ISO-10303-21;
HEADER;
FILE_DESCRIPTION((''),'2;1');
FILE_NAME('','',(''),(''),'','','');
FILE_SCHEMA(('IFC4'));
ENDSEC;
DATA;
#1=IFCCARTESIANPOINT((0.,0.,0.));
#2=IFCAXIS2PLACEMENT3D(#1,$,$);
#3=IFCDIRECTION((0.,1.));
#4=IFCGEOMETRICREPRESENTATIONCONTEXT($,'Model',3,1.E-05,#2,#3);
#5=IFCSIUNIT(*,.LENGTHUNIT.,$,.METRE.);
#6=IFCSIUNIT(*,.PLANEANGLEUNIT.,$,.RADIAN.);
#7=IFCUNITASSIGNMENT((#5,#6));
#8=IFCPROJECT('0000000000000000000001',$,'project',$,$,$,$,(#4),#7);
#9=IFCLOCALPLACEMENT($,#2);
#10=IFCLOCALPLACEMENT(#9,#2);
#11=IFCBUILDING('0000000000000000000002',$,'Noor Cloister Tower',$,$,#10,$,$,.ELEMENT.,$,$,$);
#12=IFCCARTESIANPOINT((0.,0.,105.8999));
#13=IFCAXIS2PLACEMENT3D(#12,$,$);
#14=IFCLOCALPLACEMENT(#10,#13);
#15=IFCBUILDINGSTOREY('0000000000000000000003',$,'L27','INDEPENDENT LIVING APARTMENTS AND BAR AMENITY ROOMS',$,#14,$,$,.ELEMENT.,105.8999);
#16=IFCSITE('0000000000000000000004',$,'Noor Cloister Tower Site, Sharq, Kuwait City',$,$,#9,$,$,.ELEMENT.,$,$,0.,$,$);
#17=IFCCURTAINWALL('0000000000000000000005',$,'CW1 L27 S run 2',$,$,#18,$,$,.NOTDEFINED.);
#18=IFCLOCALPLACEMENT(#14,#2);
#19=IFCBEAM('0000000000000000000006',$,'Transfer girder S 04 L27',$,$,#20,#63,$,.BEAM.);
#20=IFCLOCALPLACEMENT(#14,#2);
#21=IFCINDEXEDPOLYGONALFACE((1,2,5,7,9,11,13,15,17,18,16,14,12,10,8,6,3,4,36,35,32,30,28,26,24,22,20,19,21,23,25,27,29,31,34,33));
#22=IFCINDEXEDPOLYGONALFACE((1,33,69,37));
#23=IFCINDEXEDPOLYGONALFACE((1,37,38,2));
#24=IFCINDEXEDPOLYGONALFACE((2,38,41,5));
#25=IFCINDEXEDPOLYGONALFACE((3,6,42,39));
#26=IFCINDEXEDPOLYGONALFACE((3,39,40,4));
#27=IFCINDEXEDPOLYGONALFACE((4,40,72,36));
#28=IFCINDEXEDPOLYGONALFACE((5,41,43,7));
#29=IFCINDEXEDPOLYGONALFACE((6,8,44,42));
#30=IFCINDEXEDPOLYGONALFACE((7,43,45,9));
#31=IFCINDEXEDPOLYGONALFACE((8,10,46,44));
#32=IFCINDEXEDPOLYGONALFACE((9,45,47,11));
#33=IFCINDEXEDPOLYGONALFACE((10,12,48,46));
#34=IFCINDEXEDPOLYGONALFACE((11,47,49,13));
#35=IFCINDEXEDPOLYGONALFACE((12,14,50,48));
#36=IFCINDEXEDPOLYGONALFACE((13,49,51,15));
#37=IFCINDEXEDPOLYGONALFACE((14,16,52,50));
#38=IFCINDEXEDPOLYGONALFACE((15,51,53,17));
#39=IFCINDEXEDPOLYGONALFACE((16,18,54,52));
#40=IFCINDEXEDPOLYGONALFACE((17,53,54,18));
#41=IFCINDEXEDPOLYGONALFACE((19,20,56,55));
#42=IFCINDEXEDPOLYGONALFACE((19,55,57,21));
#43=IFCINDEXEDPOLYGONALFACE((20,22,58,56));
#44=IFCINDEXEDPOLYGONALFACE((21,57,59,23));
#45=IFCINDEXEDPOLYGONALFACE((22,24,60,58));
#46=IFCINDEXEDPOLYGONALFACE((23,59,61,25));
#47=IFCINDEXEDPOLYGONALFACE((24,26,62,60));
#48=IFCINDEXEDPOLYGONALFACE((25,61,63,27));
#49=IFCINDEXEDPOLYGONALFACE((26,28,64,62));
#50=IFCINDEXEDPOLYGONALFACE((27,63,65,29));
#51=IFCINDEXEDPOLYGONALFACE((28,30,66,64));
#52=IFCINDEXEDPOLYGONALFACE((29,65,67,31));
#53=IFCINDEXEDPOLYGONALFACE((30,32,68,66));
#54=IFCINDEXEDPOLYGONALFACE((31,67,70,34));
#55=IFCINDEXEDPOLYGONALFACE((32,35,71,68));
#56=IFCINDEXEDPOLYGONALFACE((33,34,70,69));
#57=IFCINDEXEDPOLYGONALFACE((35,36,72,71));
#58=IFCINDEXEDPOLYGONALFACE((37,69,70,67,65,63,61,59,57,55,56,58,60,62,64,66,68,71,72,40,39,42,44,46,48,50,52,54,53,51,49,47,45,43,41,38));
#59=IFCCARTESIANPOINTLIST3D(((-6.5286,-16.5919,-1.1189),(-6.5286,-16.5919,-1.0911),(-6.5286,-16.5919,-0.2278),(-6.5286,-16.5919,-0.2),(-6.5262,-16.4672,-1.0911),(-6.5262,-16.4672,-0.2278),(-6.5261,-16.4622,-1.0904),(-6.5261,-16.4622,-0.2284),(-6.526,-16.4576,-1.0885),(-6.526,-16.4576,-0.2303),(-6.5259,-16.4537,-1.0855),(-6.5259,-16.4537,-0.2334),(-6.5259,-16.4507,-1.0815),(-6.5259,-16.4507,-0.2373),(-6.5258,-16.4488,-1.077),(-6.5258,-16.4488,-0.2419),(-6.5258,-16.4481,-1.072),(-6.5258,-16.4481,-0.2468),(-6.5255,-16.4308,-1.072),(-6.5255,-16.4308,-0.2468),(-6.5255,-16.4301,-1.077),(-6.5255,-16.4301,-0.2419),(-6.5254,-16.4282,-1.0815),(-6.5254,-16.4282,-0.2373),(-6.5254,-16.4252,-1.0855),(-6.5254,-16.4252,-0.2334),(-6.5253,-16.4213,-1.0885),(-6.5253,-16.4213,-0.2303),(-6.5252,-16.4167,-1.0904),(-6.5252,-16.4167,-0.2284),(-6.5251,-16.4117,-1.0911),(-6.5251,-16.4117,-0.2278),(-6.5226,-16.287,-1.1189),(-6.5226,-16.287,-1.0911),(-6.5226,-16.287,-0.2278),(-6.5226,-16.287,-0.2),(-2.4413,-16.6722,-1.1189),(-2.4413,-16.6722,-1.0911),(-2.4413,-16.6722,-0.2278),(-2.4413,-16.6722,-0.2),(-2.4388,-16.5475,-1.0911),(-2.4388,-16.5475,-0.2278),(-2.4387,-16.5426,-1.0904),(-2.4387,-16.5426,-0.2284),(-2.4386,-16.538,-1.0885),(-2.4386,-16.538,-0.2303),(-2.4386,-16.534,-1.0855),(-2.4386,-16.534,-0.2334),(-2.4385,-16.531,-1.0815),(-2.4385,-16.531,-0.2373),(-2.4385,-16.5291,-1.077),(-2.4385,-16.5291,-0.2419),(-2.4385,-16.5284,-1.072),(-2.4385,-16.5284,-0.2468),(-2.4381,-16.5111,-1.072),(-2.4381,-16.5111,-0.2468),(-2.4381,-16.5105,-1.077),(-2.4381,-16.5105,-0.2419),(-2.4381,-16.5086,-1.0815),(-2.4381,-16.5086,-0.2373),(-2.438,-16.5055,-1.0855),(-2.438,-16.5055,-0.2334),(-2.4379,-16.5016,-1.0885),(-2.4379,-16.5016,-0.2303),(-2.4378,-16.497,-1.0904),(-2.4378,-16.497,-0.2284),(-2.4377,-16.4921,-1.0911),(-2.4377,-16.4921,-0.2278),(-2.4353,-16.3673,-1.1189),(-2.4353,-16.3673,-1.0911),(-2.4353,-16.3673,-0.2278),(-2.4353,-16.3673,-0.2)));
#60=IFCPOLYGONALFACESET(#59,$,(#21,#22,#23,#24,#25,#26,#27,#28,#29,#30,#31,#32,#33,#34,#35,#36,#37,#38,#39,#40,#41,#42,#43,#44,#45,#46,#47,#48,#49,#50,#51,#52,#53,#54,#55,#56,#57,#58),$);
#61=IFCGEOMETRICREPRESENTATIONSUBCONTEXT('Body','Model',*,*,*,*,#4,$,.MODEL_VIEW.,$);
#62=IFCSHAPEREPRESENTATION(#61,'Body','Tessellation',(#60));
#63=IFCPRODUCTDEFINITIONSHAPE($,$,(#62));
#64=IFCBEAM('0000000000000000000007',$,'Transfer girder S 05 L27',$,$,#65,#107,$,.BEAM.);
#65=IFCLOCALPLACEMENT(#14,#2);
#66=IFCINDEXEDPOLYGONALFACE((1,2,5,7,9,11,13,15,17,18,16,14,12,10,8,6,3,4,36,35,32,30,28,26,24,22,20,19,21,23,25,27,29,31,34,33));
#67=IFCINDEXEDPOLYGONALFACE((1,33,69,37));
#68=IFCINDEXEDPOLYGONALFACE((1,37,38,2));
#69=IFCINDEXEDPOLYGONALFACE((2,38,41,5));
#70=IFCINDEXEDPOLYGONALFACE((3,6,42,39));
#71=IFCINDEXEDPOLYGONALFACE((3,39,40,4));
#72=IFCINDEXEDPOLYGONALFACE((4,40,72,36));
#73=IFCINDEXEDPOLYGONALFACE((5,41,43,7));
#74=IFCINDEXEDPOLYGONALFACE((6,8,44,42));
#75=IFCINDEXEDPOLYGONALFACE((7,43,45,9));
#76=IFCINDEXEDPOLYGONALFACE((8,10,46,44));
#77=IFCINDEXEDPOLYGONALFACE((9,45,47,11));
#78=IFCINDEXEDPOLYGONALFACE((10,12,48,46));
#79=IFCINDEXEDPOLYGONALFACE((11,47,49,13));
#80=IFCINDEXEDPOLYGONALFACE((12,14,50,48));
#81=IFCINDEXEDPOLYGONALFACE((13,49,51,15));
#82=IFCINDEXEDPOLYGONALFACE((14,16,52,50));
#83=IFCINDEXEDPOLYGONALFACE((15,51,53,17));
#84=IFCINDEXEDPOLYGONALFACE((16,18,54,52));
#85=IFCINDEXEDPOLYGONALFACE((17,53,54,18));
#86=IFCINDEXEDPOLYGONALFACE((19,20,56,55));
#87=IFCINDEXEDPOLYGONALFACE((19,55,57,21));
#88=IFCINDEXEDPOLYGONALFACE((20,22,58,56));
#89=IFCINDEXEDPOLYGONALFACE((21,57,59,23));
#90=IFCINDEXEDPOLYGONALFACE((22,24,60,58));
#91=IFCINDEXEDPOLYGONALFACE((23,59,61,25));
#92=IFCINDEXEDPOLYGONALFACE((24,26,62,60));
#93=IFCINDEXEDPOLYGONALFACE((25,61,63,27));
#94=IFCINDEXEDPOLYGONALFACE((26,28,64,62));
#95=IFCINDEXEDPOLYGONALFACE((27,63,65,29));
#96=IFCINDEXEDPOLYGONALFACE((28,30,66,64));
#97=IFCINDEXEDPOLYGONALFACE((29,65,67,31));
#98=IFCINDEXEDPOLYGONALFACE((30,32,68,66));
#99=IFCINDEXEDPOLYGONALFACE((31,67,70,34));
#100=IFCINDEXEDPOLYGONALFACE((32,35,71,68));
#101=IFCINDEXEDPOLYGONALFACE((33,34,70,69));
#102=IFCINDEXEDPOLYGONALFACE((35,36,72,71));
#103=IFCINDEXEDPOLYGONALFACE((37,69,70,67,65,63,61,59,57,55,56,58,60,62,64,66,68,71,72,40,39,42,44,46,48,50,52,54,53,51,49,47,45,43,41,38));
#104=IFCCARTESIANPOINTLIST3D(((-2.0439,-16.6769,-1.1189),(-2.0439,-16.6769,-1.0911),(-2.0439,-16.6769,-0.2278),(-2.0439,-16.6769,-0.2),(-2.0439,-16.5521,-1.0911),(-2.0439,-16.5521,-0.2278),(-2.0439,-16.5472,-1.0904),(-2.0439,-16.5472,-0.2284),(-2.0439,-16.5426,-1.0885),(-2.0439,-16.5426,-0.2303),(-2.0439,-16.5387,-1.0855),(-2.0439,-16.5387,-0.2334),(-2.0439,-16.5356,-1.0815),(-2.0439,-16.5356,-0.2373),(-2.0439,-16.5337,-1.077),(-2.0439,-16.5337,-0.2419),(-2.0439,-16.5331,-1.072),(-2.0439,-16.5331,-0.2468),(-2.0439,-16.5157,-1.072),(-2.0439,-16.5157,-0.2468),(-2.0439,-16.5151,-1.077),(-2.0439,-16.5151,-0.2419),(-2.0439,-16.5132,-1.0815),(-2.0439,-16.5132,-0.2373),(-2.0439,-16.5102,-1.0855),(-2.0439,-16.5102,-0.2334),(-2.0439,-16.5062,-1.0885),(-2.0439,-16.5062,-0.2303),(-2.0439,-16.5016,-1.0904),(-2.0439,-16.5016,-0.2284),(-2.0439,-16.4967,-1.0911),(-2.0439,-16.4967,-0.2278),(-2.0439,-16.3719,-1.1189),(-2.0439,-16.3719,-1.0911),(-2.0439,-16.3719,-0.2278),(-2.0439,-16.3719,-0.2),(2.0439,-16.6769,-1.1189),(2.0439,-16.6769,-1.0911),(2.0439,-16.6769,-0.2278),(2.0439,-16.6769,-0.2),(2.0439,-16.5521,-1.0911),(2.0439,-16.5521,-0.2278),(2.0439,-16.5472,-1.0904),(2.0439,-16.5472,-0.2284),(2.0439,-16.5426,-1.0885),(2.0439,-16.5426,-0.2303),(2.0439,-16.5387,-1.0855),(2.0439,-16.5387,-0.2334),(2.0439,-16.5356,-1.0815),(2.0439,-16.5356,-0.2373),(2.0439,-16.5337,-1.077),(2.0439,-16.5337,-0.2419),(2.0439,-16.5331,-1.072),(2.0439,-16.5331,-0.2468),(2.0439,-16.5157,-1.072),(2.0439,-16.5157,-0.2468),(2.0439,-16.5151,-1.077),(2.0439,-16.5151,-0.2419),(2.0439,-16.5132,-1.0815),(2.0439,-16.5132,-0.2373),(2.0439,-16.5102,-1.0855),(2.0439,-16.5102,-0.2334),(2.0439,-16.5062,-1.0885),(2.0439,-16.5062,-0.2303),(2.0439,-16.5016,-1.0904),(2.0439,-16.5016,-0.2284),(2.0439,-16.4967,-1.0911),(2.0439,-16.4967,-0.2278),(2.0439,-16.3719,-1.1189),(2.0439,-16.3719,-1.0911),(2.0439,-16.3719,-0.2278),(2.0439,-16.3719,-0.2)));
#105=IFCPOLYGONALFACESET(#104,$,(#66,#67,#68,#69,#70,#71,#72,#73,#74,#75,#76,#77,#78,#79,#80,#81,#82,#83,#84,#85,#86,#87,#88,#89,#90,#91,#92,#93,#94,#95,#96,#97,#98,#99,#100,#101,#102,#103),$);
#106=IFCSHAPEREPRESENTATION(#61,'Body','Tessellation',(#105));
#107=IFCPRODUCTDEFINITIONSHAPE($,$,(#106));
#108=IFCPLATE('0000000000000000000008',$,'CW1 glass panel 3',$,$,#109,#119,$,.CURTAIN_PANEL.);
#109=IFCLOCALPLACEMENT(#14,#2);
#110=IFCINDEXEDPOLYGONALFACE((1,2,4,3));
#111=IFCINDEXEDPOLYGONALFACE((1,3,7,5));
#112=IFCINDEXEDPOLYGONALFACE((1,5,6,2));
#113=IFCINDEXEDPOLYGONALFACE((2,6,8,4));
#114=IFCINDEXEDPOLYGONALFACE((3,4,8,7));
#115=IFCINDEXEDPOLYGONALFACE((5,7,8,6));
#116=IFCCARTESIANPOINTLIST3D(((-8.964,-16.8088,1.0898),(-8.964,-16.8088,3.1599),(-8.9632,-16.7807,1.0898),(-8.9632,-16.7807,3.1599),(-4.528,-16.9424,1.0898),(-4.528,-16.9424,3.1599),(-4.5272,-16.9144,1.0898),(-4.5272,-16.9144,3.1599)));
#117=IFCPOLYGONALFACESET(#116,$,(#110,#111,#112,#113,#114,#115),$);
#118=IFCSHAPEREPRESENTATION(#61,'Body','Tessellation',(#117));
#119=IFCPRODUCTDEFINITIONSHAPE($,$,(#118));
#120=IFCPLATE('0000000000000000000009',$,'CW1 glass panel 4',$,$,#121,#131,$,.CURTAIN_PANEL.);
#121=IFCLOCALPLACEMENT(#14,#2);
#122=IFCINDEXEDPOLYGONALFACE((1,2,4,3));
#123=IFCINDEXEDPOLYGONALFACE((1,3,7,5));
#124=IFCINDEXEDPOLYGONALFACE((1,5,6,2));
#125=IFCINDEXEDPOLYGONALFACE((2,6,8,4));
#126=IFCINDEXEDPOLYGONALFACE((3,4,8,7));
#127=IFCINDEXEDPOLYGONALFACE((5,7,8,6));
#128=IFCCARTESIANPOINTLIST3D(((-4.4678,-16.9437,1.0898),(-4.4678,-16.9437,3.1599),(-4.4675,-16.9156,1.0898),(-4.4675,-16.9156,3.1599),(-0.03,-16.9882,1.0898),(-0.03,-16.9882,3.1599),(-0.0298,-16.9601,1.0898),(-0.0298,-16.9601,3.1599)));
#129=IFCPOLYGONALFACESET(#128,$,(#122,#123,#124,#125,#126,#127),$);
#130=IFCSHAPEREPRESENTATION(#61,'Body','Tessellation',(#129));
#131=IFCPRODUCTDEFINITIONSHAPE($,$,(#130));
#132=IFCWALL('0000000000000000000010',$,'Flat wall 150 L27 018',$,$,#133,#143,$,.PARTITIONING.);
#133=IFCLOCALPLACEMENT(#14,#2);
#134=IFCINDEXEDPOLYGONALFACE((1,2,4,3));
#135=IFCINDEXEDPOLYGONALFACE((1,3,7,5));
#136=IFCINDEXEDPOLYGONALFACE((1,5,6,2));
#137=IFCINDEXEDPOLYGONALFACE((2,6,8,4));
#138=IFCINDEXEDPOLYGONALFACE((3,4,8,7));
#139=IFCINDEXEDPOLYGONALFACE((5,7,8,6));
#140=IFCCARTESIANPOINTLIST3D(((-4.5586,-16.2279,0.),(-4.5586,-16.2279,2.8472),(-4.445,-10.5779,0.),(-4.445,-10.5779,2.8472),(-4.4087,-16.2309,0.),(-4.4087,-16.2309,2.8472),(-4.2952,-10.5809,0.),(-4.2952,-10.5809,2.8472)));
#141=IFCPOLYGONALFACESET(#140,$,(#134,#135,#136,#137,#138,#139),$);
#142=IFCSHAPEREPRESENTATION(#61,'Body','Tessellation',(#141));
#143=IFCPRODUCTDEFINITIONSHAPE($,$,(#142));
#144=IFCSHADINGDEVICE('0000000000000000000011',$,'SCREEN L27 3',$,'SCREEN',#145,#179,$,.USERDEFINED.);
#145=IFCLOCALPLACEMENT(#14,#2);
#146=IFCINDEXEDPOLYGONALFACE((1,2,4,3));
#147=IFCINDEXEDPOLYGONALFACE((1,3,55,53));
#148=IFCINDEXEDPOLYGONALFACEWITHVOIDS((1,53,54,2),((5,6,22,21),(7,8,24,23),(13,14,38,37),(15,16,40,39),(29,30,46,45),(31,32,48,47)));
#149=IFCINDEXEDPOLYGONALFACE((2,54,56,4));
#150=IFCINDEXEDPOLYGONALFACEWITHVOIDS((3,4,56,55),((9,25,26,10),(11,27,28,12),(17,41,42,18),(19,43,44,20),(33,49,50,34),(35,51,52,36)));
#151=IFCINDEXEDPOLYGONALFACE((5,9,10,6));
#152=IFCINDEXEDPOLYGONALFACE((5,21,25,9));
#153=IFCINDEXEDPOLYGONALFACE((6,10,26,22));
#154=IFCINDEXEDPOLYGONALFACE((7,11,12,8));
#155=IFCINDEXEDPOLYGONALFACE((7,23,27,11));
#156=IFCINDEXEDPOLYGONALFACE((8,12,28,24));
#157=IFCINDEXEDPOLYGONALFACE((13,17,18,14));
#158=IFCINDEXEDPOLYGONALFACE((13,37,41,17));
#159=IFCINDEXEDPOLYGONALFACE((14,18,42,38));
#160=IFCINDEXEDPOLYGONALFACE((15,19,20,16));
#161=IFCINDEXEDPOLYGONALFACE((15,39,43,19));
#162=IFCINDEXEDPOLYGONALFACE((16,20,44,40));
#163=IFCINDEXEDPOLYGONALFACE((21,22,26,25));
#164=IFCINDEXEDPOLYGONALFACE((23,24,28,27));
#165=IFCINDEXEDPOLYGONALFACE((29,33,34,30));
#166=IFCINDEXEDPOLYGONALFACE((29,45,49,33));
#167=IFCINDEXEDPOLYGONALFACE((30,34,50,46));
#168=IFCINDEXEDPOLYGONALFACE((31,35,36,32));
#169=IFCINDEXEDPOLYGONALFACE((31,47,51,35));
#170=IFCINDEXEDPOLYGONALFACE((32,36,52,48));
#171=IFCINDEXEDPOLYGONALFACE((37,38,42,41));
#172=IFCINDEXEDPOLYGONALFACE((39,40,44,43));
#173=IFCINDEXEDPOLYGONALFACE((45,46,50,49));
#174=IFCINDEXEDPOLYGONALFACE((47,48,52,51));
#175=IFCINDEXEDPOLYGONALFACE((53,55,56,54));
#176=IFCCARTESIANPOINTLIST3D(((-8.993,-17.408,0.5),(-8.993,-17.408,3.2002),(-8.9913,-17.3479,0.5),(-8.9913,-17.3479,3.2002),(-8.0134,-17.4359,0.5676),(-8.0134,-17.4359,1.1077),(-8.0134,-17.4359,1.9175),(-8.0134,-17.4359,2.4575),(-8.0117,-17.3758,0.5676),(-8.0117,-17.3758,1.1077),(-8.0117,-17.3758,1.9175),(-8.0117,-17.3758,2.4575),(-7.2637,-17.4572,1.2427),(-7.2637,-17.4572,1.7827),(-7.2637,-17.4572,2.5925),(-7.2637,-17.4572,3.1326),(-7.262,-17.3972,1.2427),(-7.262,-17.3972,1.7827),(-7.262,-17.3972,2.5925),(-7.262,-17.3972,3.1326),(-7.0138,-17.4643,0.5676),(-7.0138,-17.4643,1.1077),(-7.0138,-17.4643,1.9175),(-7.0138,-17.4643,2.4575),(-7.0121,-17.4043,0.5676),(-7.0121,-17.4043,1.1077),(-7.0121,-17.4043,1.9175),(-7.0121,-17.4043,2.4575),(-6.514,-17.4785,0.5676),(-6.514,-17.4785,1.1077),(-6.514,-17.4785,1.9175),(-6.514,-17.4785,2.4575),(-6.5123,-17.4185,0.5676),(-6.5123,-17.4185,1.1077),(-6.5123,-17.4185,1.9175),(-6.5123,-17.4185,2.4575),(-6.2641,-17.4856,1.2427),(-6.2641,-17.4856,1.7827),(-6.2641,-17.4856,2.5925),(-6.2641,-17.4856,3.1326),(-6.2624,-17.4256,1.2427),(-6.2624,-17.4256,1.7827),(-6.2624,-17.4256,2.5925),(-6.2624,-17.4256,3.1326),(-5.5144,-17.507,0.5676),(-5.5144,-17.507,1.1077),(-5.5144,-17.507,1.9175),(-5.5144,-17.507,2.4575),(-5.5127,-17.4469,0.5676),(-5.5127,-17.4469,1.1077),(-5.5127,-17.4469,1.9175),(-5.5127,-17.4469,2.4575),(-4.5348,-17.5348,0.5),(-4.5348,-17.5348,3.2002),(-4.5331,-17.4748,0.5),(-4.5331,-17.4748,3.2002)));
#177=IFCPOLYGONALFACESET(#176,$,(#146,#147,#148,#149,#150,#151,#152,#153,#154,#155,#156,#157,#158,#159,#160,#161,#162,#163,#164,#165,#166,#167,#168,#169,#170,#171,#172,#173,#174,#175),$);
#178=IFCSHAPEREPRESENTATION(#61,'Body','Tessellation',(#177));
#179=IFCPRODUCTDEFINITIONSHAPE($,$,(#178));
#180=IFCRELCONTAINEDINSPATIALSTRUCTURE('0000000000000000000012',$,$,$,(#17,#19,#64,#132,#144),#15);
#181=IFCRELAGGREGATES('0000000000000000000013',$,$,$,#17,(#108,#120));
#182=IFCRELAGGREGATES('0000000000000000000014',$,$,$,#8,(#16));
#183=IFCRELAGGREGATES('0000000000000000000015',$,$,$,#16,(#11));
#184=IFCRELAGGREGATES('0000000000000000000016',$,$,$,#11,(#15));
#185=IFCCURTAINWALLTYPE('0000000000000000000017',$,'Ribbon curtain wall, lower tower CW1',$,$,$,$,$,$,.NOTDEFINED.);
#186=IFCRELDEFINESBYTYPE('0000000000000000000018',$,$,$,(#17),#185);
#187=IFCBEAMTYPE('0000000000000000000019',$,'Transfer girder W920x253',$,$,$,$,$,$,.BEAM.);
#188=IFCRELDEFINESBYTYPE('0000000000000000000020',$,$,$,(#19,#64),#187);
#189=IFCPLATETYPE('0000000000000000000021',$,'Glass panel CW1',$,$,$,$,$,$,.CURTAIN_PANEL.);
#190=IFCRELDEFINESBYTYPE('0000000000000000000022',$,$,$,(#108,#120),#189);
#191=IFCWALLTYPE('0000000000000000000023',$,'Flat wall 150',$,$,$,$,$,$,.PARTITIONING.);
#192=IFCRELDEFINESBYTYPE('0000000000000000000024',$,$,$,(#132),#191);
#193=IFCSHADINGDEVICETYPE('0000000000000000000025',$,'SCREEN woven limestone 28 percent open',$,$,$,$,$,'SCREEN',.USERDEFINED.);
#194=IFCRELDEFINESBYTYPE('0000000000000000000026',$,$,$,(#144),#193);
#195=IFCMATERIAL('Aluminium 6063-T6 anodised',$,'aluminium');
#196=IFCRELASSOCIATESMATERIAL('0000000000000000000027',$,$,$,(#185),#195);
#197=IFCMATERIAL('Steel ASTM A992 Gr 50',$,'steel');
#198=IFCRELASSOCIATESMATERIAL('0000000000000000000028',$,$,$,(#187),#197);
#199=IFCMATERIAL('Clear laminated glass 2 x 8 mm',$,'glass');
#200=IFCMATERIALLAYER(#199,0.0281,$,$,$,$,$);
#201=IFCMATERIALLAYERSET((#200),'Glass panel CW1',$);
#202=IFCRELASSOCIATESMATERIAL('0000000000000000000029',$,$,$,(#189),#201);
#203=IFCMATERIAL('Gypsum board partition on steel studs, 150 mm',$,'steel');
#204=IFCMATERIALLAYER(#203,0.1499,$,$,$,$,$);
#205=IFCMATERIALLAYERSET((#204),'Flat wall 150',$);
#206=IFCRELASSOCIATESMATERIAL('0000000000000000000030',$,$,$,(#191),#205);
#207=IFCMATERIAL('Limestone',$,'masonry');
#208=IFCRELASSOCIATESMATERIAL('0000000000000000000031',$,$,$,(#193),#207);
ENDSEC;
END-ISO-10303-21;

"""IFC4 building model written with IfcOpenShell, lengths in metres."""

from ifc_helpers import new_model, si_unit, direction, frame, frame_2d, origin, origin_2d, place, context, subcontext, project, spatial, polyline, rectangle, i_section, outline, extrude, material, layer, layer_set, material_profile, profile_set, type_object, element, aggregate, save


model = new_model("IFC4")

# Units and contexts
model_context = context("Model", 3, precision=1e-05, world=origin(), true_north=direction((0.0, 1.0)))
body_context = subcontext(model_context, "Body", "Model", "MODEL_VIEW")
ifc_project = project(units=[si_unit("LENGTHUNIT", "METRE"), si_unit("PLANEANGLEUNIT", "RADIAN")], contexts=[model_context])

# Site, building, storey
site_placement = place(None, origin())
site = spatial("IfcSite", under=ifc_project, at=site_placement, Name="Noor Cloister Tower Site, Sharq, Kuwait City", CompositionType="ELEMENT", RefElevation=0.0)
building_placement = place(site_placement, origin())
building = spatial("IfcBuilding", under=site, at=building_placement, Name="Noor Cloister Tower", CompositionType="ELEMENT")
storey_placement = place(building_placement, frame((0.0, 0.0, 105.8999)))
storey = spatial("IfcBuildingStorey", under=building, at=storey_placement, Name="L27", Description="INDEPENDENT LIVING APARTMENTS AND BAR AMENITY ROOMS", CompositionType="ELEMENT", Elevation=105.8999)

# Curtain wall
ifc_material_1 = material(Name="Aluminium 6063-T6 anodised", Category="aluminium")
curtain_wall_type = type_object("IfcCurtainWallType", Name="Ribbon curtain wall, lower tower CW1", PredefinedType="NOTDEFINED", material=ifc_material_1)
curtain_wall_placement = place(storey_placement, origin())
curtain_wall = element("IfcCurtainWall", 1, at=curtain_wall_placement, inside=storey, type_object=curtain_wall_type, Name="CW1 L27 S run 2", PredefinedType="NOTDEFINED")

# Beams
ifc_material_2 = material(Name="Steel ASTM A992 Gr 50", Category="steel")
ifc_material_profile_1 = material_profile(ifc_material_2, i_section(OverallWidth=0.3049, OverallDepth=0.9189, WebThickness=0.0173, FlangeThickness=0.0278, FilletRadius=0.019, at=origin_2d()), Name="W920x253")
ifc_profile_set_1 = profile_set([ifc_material_profile_1], Name="Steel ASTM A992 Gr 50")
beam_type_1 = type_object("IfcBeamType", Name="Transfer girder W920x253", PredefinedType="BEAM", material=ifc_profile_set_1)
for number, where, z_axis, x_axis, name in (
    (2, (-6.5256, -16.4395, -0.6594), (0.999807, -0.019647, 0.0), (0.019647, 0.999807, 0.0), "Transfer girder S 04 L27"),
):
    element("IfcBeam", number, at=place(storey_placement, frame(where, z_axis=z_axis, x_axis=x_axis)), inside=storey, type_object=beam_type_1, Name=name, PredefinedType="BEAM", context=body_context, shape_type="SweptSolid", body=[
        extrude(i_section(OverallWidth=0.3049, OverallDepth=0.9189, WebThickness=0.0173, FlangeThickness=0.0278, FilletRadius=0.019, at=origin_2d()), origin(), (0.0, 0.0, 1.0), 4.0881),
    ])
beam_1_placement = place(storey_placement, frame((-2.0439, -16.5244, -0.6594), z_axis=(1.0, 0.0, 0.0), x_axis=(0.0, 1.0, 0.0)))
element("IfcBeam", 3, at=beam_1_placement, inside=storey, type_object=beam_type_1, Name="Transfer girder S 05 L27", PredefinedType="BEAM", context=body_context, shape_type="SweptSolid", body=[
    extrude(i_section(OverallWidth=0.3049, OverallDepth=0.9189, WebThickness=0.0173, FlangeThickness=0.0278, FilletRadius=0.019, at=origin_2d()), origin(), (0.0, 0.0, 1.0), 4.0879),
])

# Plates
ifc_material_3 = material(Name="Clear laminated glass 2 x 8 mm", Category="glass")
ifc_layer_1 = layer(ifc_material_3, 0.0281)
ifc_layer_set_1 = layer_set([ifc_layer_1], Name="Glass panel CW1")
plate_type = type_object("IfcPlateType", Name="Glass panel CW1", PredefinedType="CURTAIN_PANEL", material=ifc_layer_set_1)
plate_1_placement = place(storey_placement, frame((-6.7456, -16.8616, 1.0898), z_axis=(0.0, 0.0, 1.0), x_axis=(0.999546, -0.030114, 0.0)))
plate_1 = element("IfcPlate", 4, at=plate_1_placement, type_object=plate_type, Name="CW1 glass panel 3", PredefinedType="CURTAIN_PANEL", context=body_context, shape_type="SweptSolid", body=[
    extrude(rectangle(XDim=4.438, YDim=0.0281, at=origin_2d()), origin(), (0.0, 0.0, 1.0), 2.0701),
])
plate_2_placement = place(storey_placement, frame((-2.2488, -16.9519, 1.0898), z_axis=(0.0, 0.0, 1.0), x_axis=(0.99995, -0.010039, 0.0)))
plate_2 = element("IfcPlate", 5, at=plate_2_placement, type_object=plate_type, Name="CW1 glass panel 4", PredefinedType="CURTAIN_PANEL", context=body_context, shape_type="SweptSolid", body=[
    extrude(rectangle(XDim=4.438, YDim=0.0281, at=origin_2d()), origin(), (0.0, 0.0, 1.0), 2.0701),
])
aggregate(curtain_wall, [plate_1, plate_2])

# Wall
ifc_material_4 = material(Name="Gypsum board partition on steel studs, 150 mm", Category="steel")
ifc_layer_2 = layer(ifc_material_4, 0.1499)
ifc_layer_set_2 = layer_set([ifc_layer_2], Name="Flat wall 150")
wall_type = type_object("IfcWallType", Name="Flat wall 150", PredefinedType="PARTITIONING", material=ifc_layer_set_2)
wall_placement = place(storey_placement, frame((-4.4836, -16.2295, 0.0), z_axis=(0.0, 0.0, 1.0), x_axis=(0.020089, 0.999798, 0.0)))
element("IfcWall", 6, at=wall_placement, inside=storey, type_object=wall_type, Name="Flat wall 150 L27 018", PredefinedType="PARTITIONING", context=body_context, shape_type="SweptSolid", body=[
    extrude(rectangle(XDim=5.6511, YDim=0.1499, at=frame_2d((2.8257, 0.0))), origin(), (0.0, 0.0, 1.0), 2.8472),
])

# Shading device
ifc_material_5 = material(Name="Limestone", Category="masonry")
ifc_material_profile_2 = material_profile(ifc_material_5, outline(polyline([(-2.23, -1.3501), (2.23, -1.3501), (2.23, 1.3501), (-2.23, 1.3501), (-2.23, -1.3501)]), holes=[polyline([(-1.25, -1.2825), (-0.25, -1.2825), (-0.25, -0.7424), (-1.25, -0.7424), (-1.25, -1.2825)]), polyline([(0.25, -1.2825), (1.25, -1.2825), (1.25, -0.7424), (0.25, -0.7424), (0.25, -1.2825)]), polyline([(-0.5, -0.6074), (0.5, -0.6074), (0.5, -0.0674), (-0.5, -0.0674), (-0.5, -0.6074)]), polyline([(-1.25, 0.0674), (-0.25, 0.0674), (-0.25, 0.6074), (-1.25, 0.6074), (-1.25, 0.0674)]), polyline([(0.25, 0.0674), (1.25, 0.0674), (1.25, 0.6074), (0.25, 0.6074), (0.25, 0.0674)]), polyline([(-0.5, 0.7424), (0.5, 0.7424), (0.5, 1.2825), (-0.5, 1.2825), (-0.5, 0.7424)])]), Name="Woven screen 28 percent open")
ifc_profile_set_2 = profile_set([ifc_material_profile_2], Name="Limestone")
shading_device_type = type_object("IfcShadingDeviceType", Name="SCREEN woven limestone 28 percent open", ElementType="SCREEN", PredefinedType="USERDEFINED", material=ifc_profile_set_2)
shading_device_1_placement = place(storey_placement, frame((-6.7622, -17.4114, 1.8501), z_axis=(-0.028444, -0.999595, 0.0), x_axis=(0.999595, -0.028444, 0.0)))
element("IfcShadingDevice", 7, at=shading_device_1_placement, inside=storey, type_object=shading_device_type, Name="SCREEN L27 3", ObjectType="SCREEN", PredefinedType="USERDEFINED", context=body_context, shape_type="SweptSolid", body=[
    extrude(outline(polyline([(-2.23, -1.3501), (2.23, -1.3501), (2.23, 1.3501), (-2.23, 1.3501), (-2.23, -1.3501)]), holes=[polyline([(-1.25, -1.2825), (-0.25, -1.2825), (-0.25, -0.7424), (-1.25, -0.7424), (-1.25, -1.2825)]), polyline([(0.25, -1.2825), (1.25, -1.2825), (1.25, -0.7424), (0.25, -0.7424), (0.25, -1.2825)]), polyline([(-0.5, -0.6074), (0.5, -0.6074), (0.5, -0.0674), (-0.5, -0.0674), (-0.5, -0.6074)]), polyline([(-1.25, 0.0674), (-0.25, 0.0674), (-0.25, 0.6074), (-1.25, 0.6074), (-1.25, 0.0674)]), polyline([(0.25, 0.0674), (1.25, 0.0674), (1.25, 0.6074), (0.25, 0.6074), (0.25, 0.0674)]), polyline([(-0.5, 0.7424), (0.5, 0.7424), (0.5, 1.2825), (-0.5, 1.2825), (-0.5, 0.7424)])]), origin(), (0.0, 0.0, 1.0), 0.0601),
])

save(model, "model.ifc")
